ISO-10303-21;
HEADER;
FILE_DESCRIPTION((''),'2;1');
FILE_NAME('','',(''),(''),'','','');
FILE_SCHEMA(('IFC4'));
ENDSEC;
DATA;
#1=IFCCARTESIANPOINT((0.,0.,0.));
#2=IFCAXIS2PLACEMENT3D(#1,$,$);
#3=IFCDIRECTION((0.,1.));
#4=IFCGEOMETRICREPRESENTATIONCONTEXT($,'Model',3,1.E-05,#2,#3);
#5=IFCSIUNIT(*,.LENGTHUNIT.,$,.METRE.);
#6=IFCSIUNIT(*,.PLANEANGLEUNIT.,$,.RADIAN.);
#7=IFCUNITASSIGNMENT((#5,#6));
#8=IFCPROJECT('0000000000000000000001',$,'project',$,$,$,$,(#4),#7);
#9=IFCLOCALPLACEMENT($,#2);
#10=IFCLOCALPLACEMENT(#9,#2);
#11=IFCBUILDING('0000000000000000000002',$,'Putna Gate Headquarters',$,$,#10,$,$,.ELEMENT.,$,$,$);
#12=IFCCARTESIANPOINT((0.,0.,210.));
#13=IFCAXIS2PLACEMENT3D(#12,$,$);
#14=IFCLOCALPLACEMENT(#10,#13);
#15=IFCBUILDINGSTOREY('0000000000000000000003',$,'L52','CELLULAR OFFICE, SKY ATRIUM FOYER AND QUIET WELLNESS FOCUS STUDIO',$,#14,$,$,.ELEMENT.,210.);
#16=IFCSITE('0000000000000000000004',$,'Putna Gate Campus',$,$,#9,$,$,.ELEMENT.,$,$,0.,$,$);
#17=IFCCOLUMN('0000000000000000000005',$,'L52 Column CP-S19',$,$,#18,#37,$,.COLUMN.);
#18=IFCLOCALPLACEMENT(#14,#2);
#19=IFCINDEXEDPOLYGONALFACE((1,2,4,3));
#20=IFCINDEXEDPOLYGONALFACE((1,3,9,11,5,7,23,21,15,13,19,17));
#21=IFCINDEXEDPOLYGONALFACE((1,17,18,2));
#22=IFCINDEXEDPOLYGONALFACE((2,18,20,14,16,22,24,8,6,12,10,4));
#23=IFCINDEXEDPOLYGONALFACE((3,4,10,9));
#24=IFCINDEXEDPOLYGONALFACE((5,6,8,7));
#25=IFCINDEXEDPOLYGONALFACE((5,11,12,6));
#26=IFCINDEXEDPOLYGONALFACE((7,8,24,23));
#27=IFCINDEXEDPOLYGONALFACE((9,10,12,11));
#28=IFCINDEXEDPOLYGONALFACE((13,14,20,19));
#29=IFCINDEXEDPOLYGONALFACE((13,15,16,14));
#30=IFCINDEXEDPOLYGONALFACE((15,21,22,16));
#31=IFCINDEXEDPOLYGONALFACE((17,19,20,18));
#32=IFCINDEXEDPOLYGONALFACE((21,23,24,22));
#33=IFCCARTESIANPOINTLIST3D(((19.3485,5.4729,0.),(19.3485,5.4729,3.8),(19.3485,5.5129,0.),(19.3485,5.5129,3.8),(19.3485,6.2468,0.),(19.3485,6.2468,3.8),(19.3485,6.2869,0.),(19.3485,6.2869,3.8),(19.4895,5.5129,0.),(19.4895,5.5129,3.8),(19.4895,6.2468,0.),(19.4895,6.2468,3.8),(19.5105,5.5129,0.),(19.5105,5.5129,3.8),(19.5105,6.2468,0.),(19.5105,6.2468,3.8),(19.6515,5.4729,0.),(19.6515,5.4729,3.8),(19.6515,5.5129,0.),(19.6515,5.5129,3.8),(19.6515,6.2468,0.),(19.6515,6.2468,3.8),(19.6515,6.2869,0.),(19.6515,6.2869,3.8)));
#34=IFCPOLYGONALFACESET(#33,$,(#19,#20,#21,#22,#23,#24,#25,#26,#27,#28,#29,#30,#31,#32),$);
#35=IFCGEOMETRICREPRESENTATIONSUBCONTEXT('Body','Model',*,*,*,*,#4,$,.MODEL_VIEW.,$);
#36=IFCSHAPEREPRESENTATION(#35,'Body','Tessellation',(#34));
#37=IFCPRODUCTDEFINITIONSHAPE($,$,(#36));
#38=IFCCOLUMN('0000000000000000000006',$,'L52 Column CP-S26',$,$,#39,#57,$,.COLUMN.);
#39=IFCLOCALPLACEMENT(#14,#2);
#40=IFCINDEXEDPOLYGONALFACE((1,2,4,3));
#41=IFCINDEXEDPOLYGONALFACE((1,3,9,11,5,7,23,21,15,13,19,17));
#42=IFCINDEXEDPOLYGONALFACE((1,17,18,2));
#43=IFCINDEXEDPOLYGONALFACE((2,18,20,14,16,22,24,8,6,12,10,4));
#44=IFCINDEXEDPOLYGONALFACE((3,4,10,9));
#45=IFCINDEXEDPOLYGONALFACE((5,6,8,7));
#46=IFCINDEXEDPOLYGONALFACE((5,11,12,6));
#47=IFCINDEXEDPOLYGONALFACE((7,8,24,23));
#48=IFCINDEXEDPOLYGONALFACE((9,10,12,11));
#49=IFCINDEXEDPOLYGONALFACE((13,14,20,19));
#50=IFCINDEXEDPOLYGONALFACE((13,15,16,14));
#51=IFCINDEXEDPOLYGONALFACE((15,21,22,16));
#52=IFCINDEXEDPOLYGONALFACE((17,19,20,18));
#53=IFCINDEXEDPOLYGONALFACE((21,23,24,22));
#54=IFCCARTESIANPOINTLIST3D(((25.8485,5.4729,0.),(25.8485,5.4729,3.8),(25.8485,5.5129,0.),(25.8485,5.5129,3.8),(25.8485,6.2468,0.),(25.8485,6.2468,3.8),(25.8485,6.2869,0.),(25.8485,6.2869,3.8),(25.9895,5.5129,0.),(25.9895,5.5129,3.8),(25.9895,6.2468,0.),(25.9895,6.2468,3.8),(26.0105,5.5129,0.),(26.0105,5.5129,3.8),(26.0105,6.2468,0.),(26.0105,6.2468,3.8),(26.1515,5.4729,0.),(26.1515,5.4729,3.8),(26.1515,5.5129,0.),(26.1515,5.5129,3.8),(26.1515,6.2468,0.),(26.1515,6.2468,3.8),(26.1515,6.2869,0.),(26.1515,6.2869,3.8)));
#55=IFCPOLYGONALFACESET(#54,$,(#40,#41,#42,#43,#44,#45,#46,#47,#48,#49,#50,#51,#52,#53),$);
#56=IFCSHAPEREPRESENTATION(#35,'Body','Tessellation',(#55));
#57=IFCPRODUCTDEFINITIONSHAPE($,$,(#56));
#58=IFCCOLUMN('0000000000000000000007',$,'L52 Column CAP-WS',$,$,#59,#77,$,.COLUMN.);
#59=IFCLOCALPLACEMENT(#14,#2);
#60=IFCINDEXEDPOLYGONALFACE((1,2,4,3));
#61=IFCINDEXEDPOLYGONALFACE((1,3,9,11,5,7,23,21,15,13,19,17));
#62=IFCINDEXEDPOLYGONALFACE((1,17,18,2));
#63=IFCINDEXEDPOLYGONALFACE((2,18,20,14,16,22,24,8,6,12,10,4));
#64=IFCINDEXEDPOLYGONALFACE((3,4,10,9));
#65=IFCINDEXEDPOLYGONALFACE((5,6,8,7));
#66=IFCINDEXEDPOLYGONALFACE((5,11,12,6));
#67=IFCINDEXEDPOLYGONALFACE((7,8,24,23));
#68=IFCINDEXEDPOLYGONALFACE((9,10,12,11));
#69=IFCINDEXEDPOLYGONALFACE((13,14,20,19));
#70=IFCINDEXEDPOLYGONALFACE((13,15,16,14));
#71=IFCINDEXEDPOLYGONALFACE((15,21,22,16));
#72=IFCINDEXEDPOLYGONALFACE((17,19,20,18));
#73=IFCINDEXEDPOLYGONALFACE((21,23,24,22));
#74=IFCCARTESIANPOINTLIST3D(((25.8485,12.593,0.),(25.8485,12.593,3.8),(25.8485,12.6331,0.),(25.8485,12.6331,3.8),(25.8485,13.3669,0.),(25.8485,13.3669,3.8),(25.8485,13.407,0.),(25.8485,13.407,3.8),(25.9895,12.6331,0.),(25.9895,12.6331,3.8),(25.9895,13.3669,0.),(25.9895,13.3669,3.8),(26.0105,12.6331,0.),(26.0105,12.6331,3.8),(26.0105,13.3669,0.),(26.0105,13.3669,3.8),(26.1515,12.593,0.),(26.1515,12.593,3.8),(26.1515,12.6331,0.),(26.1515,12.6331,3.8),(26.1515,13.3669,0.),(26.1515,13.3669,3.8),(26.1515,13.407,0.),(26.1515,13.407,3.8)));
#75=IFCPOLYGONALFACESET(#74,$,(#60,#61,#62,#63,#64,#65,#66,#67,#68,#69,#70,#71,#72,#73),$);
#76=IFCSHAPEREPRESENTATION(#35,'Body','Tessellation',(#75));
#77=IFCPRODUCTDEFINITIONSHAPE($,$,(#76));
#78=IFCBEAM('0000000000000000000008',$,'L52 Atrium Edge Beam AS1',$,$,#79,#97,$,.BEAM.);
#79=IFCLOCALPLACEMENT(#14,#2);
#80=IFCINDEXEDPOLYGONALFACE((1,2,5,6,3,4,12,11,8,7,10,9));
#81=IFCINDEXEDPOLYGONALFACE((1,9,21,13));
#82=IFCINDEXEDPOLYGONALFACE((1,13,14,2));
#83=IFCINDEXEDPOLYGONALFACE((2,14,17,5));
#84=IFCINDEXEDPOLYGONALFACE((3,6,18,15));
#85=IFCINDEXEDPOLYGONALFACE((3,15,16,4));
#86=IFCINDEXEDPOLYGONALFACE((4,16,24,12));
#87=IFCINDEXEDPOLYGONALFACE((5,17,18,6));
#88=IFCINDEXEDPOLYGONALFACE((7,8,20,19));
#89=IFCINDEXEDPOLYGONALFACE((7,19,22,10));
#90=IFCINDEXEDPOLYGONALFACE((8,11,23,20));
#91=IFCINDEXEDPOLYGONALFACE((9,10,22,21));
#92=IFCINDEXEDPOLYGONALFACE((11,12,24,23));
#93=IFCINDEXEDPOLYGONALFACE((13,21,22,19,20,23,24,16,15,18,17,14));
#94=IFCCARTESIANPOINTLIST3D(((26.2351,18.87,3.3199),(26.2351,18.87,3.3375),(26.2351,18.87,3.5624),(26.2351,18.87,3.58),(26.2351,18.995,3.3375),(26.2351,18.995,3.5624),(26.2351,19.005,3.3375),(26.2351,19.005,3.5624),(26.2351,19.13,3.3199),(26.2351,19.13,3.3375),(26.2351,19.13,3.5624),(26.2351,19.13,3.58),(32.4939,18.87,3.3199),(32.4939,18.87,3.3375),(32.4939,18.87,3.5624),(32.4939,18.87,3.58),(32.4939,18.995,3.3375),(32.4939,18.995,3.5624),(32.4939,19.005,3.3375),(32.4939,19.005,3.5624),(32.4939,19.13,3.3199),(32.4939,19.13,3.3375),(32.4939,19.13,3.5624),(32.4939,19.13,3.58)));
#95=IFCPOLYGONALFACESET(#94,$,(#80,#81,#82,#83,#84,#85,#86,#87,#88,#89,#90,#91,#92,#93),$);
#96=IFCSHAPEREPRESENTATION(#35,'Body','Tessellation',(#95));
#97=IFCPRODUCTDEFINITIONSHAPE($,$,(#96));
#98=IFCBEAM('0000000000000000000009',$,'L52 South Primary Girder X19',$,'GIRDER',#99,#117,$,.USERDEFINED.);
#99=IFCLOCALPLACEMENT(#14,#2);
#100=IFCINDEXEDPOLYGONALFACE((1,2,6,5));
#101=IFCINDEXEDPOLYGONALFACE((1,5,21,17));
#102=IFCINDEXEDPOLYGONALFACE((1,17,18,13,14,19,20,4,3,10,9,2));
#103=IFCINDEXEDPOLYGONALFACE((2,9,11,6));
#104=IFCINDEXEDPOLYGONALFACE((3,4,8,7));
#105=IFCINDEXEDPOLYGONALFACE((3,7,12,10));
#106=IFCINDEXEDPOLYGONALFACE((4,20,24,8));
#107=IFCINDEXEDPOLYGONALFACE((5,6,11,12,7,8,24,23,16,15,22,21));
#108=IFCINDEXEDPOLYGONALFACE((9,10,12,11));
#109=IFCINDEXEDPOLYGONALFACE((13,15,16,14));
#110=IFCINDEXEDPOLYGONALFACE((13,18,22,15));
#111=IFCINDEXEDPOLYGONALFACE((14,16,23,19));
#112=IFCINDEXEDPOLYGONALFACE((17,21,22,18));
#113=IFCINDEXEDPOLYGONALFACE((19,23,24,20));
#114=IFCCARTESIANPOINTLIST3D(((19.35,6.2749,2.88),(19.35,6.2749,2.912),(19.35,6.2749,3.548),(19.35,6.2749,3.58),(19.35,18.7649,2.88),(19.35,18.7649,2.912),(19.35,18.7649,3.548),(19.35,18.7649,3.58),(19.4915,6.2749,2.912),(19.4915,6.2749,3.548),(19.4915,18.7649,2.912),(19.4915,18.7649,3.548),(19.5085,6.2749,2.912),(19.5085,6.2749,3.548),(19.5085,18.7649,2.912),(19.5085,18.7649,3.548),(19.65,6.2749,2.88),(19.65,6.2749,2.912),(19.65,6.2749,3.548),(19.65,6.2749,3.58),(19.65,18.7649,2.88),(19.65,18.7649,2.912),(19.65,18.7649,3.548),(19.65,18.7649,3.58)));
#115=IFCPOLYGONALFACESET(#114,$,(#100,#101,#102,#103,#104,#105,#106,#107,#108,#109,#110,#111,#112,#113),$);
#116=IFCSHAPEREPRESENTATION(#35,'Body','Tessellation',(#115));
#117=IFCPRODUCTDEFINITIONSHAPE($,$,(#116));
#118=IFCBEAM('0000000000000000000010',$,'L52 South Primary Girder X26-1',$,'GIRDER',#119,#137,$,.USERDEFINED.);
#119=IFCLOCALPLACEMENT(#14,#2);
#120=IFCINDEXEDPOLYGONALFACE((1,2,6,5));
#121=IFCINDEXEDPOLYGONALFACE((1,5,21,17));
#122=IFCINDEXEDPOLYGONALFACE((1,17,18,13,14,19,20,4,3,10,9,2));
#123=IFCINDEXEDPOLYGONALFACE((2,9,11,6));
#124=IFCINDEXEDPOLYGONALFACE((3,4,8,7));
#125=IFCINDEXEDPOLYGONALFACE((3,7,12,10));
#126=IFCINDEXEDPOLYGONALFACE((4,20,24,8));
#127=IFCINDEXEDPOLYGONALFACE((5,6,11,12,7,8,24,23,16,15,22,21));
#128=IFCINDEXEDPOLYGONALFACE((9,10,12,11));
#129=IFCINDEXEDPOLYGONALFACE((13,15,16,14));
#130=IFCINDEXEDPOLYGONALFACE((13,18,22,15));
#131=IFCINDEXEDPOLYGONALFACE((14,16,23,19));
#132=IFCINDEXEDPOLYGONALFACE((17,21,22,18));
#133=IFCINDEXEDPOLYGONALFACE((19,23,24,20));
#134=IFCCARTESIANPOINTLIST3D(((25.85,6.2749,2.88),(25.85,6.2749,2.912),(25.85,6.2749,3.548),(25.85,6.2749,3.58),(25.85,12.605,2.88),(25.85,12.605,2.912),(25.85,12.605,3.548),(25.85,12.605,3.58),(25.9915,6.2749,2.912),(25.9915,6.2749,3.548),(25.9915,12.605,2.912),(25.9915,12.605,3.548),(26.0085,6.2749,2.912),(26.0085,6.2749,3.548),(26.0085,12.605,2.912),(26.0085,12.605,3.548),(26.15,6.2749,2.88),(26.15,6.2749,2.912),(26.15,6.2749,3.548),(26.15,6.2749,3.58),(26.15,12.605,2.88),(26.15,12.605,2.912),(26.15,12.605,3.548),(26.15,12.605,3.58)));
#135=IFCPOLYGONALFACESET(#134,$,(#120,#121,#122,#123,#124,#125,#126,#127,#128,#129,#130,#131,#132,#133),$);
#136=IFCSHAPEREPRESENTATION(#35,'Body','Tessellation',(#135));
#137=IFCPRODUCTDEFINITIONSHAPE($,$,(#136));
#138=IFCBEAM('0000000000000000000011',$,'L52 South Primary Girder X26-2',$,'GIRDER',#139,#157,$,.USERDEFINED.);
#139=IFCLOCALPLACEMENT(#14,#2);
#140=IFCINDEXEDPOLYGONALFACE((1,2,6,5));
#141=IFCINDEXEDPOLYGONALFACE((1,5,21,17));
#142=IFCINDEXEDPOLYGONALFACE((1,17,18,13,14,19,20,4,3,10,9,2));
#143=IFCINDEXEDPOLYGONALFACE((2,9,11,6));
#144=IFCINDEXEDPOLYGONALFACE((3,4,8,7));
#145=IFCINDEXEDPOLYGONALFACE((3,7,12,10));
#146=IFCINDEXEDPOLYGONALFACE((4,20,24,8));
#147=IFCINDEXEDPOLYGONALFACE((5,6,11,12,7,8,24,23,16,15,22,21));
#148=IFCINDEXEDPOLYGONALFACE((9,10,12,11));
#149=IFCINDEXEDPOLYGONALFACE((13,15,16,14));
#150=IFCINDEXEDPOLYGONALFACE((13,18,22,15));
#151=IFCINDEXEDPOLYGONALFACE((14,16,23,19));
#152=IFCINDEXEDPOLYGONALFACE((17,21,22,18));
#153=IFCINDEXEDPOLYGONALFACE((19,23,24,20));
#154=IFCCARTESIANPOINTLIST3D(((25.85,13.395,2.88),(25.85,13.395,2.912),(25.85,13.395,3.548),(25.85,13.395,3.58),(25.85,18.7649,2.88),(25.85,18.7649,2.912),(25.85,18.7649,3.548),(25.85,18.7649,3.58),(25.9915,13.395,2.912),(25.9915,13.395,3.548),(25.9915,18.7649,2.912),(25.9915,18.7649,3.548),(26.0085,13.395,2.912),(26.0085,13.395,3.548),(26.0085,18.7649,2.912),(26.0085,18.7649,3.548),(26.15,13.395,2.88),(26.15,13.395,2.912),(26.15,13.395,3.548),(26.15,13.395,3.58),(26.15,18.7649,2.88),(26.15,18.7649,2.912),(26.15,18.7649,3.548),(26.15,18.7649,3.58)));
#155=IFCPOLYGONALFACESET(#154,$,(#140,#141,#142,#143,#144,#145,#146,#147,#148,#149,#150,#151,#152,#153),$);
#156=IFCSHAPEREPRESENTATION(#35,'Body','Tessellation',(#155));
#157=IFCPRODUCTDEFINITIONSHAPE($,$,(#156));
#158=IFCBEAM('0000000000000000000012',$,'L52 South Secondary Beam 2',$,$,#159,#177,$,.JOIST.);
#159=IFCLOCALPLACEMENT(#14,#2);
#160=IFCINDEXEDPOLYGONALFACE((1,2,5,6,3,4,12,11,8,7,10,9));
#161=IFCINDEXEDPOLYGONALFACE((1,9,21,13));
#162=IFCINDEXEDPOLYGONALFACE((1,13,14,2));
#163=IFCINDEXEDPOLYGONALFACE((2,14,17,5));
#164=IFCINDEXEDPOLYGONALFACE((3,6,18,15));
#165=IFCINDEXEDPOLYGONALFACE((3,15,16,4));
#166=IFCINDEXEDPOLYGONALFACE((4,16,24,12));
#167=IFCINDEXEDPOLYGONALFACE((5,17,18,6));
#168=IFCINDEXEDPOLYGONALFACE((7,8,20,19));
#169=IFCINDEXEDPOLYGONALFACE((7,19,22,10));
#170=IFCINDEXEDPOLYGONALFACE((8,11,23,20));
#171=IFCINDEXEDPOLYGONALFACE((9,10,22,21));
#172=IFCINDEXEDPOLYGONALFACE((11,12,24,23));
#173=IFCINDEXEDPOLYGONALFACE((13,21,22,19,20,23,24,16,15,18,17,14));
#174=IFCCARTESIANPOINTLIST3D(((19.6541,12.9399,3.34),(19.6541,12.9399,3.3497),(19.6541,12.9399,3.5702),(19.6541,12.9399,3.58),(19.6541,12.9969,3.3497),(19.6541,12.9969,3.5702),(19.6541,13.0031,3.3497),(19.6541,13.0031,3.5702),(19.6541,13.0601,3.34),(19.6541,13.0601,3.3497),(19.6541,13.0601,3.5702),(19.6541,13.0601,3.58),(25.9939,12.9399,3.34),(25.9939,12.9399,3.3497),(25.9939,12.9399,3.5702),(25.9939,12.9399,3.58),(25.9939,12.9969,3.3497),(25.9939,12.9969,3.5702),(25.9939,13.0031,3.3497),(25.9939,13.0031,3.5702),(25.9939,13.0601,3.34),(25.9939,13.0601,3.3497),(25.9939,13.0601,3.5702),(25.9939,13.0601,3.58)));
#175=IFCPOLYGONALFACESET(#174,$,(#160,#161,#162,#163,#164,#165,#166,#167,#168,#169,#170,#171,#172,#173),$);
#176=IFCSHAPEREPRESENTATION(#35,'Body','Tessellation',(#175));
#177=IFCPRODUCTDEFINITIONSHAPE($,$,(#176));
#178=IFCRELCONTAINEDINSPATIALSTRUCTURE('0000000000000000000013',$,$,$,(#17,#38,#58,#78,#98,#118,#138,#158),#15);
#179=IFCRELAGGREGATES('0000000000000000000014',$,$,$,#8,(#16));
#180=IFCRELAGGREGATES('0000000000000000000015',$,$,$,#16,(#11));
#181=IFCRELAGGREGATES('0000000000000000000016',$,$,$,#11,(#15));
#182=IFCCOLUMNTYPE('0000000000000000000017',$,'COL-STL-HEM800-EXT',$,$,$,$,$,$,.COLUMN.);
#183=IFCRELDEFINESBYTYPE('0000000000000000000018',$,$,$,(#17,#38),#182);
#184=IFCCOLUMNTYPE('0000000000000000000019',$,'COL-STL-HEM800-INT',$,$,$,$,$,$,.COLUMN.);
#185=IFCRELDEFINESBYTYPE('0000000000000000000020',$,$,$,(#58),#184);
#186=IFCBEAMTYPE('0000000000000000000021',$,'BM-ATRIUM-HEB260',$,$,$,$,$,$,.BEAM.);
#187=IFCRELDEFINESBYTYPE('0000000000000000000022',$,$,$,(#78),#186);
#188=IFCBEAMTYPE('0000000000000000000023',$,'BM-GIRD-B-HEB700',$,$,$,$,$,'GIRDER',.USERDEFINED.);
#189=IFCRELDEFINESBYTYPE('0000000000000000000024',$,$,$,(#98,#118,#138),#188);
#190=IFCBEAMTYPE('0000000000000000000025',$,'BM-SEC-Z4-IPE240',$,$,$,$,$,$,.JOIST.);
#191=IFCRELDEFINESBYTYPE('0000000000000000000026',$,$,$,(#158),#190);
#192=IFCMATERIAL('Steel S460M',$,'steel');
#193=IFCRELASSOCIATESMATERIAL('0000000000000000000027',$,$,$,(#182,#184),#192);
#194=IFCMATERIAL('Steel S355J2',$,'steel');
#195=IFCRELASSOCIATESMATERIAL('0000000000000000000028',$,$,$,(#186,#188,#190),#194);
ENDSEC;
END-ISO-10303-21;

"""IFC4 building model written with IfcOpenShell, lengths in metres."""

from ifc_helpers import new_model, si_unit, direction, frame, origin, origin_2d, place, context, subcontext, project, spatial, i_section, extrude, material, material_profile, profile_set, type_object, element, save


model = new_model("IFC4")

# Units and contexts
model_context = context("Model", 3, precision=1e-05, world=origin(), true_north=direction((0.0, 1.0)))
body_context = subcontext(model_context, "Body", "Model", "MODEL_VIEW")
ifc_project = project(units=[si_unit("LENGTHUNIT", "METRE"), si_unit("PLANEANGLEUNIT", "RADIAN")], contexts=[model_context])

# Site, building, storey
site_placement = place(None, origin())
site = spatial("IfcSite", under=ifc_project, at=site_placement, Name="Putna Gate Campus", CompositionType="ELEMENT", RefElevation=0.0)
building_placement = place(site_placement, origin())
building = spatial("IfcBuilding", under=site, at=building_placement, Name="Putna Gate Headquarters", CompositionType="ELEMENT")
storey_placement = place(building_placement, frame((0.0, 0.0, 210.0)))
storey = spatial("IfcBuildingStorey", under=building, at=storey_placement, Name="L52", Description="CELLULAR OFFICE, SKY ATRIUM FOYER AND QUIET WELLNESS FOCUS STUDIO", CompositionType="ELEMENT", Elevation=210.0)

# Columns
ifc_material_1 = material(Name="Steel S460M", Category="steel")
ifc_material_profile_1 = material_profile(ifc_material_1, i_section(OverallWidth=0.303, OverallDepth=0.814, WebThickness=0.021, FlangeThickness=0.04, at=origin_2d()), Name="Steel S460M")
ifc_profile_set_1 = profile_set([ifc_material_profile_1], Name="Steel S460M")
column_type_1 = type_object("IfcColumnType", Name="COL-STL-HEM800-EXT", PredefinedType="COLUMN", material=ifc_profile_set_1)
for number, where, z_axis, x_axis, name in (
    (1, (19.5, 5.8799, 0.0), (0.0, 0.0, 1.0), (1.0, 0.0, 0.0), "L52 Column CP-S19"),
    (2, (26.0, 5.8799, 0.0), (0.0, 0.0, 1.0), (1.0, 0.0, 0.0), "L52 Column CP-S26"),
):
    element("IfcColumn", number, at=place(storey_placement, frame(where, z_axis=z_axis, x_axis=x_axis)), inside=storey, type_object=column_type_1, Name=name, PredefinedType="COLUMN", context=body_context, shape_type="SweptSolid", body=[
        extrude(i_section(OverallWidth=0.303, OverallDepth=0.814, WebThickness=0.021, FlangeThickness=0.04, at=origin_2d()), origin(), (0.0, 0.0, 1.0), 3.8),
    ])
ifc_material_profile_2 = material_profile(ifc_material_1, i_section(OverallWidth=0.303, OverallDepth=0.814, WebThickness=0.021, FlangeThickness=0.04, at=origin_2d()), Name="Steel S460M")
ifc_profile_set_2 = profile_set([ifc_material_profile_2], Name="Steel S460M")
column_type_2 = type_object("IfcColumnType", Name="COL-STL-HEM800-INT", PredefinedType="COLUMN", material=ifc_profile_set_2)
column_placement = place(storey_placement, frame((26.0, 13.0, 0.0), z_axis=(0.0, 0.0, 1.0), x_axis=(1.0, 0.0, 0.0)))
element("IfcColumn", 3, at=column_placement, inside=storey, type_object=column_type_2, Name="L52 Column CAP-WS", PredefinedType="COLUMN", context=body_context, shape_type="SweptSolid", body=[
    extrude(i_section(OverallWidth=0.303, OverallDepth=0.814, WebThickness=0.021, FlangeThickness=0.04, at=origin_2d()), origin(), (0.0, 0.0, 1.0), 3.8),
])

# Beams
ifc_material_2 = material(Name="Steel S355J2", Category="steel")
ifc_material_profile_3 = material_profile(ifc_material_2, i_section(OverallWidth=0.26, OverallDepth=0.26, WebThickness=0.01, FlangeThickness=0.0176, at=origin_2d()), Name="Steel S355J2")
ifc_profile_set_3 = profile_set([ifc_material_profile_3], Name="Steel S355J2")
beam_type_1 = type_object("IfcBeamType", Name="BM-ATRIUM-HEB260", PredefinedType="BEAM", material=ifc_profile_set_3)
beam_1_placement = place(storey_placement, frame((26.2351, 19.0, 3.45), z_axis=(1.0, 0.0, 0.0), x_axis=(0.0, 1.0, 0.0)))
element("IfcBeam", 4, at=beam_1_placement, inside=storey, type_object=beam_type_1, Name="L52 Atrium Edge Beam AS1", PredefinedType="BEAM", context=body_context, shape_type="SweptSolid", body=[
    extrude(i_section(OverallWidth=0.26, OverallDepth=0.26, WebThickness=0.01, FlangeThickness=0.0176, at=origin_2d()), origin(), (0.0, 0.0, 1.0), 6.2588),
])
ifc_material_profile_4 = material_profile(ifc_material_2, i_section(OverallWidth=0.3, OverallDepth=0.7, WebThickness=0.0171, FlangeThickness=0.032, at=origin_2d()), Name="Steel S355J2")
ifc_profile_set_4 = profile_set([ifc_material_profile_4], Name="Steel S355J2")
beam_type_2 = type_object("IfcBeamType", Name="BM-GIRD-B-HEB700", ElementType="GIRDER", PredefinedType="USERDEFINED", material=ifc_profile_set_4)
beam_2_placement = place(storey_placement, frame((19.5, 6.2749, 3.23), z_axis=(0.0, 1.0, 0.0), x_axis=(-1.0, 0.0, 0.0)))
element("IfcBeam", 5, at=beam_2_placement, inside=storey, type_object=beam_type_2, Name="L52 South Primary Girder X19", ObjectType="GIRDER", PredefinedType="USERDEFINED", context=body_context, shape_type="SweptSolid", body=[
    extrude(i_section(OverallWidth=0.3, OverallDepth=0.7, WebThickness=0.0171, FlangeThickness=0.032, at=origin_2d()), origin(), (0.0, 0.0, 1.0), 12.49),
])
beam_3_placement = place(storey_placement, frame((26.0, 6.2749, 3.23), z_axis=(0.0, 1.0, 0.0), x_axis=(-1.0, 0.0, 0.0)))
element("IfcBeam", 6, at=beam_3_placement, inside=storey, type_object=beam_type_2, Name="L52 South Primary Girder X26-1", ObjectType="GIRDER", PredefinedType="USERDEFINED", context=body_context, shape_type="SweptSolid", body=[
    extrude(i_section(OverallWidth=0.3, OverallDepth=0.7, WebThickness=0.0171, FlangeThickness=0.032, at=origin_2d()), origin(), (0.0, 0.0, 1.0), 6.3301),
])
beam_4_placement = place(storey_placement, frame((26.0, 13.395, 3.23), z_axis=(0.0, 1.0, 0.0), x_axis=(-1.0, 0.0, 0.0)))
element("IfcBeam", 7, at=beam_4_placement, inside=storey, type_object=beam_type_2, Name="L52 South Primary Girder X26-2", ObjectType="GIRDER", PredefinedType="USERDEFINED", context=body_context, shape_type="SweptSolid", body=[
    extrude(i_section(OverallWidth=0.3, OverallDepth=0.7, WebThickness=0.0171, FlangeThickness=0.032, at=origin_2d()), origin(), (0.0, 0.0, 1.0), 5.3699),
])
ifc_material_profile_5 = material_profile(ifc_material_2, i_section(OverallWidth=0.1201, OverallDepth=0.24, WebThickness=0.0061, FlangeThickness=0.0098, at=origin_2d()), Name="Steel S355J2")
ifc_profile_set_5 = profile_set([ifc_material_profile_5], Name="Steel S355J2")
beam_type_3 = type_object("IfcBeamType", Name="BM-SEC-Z4-IPE240", PredefinedType="JOIST", material=ifc_profile_set_5)
for number, where, z_axis, x_axis, name in (
    (8, (19.6541, 13.0, 3.46), (1.0, 0.0, 0.0), (0.0, 1.0, 0.0), "L52 South Secondary Beam 2"),
):
    element("IfcBeam", number, at=place(storey_placement, frame(where, z_axis=z_axis, x_axis=x_axis)), inside=storey, type_object=beam_type_3, Name=name, PredefinedType="JOIST", context=body_context, shape_type="SweptSolid", body=[
        extrude(i_section(OverallWidth=0.1201, OverallDepth=0.24, WebThickness=0.0061, FlangeThickness=0.0098, at=origin_2d()), origin(), (0.0, 0.0, 1.0), 6.3398),
    ])

save(model, "model.ifc")
